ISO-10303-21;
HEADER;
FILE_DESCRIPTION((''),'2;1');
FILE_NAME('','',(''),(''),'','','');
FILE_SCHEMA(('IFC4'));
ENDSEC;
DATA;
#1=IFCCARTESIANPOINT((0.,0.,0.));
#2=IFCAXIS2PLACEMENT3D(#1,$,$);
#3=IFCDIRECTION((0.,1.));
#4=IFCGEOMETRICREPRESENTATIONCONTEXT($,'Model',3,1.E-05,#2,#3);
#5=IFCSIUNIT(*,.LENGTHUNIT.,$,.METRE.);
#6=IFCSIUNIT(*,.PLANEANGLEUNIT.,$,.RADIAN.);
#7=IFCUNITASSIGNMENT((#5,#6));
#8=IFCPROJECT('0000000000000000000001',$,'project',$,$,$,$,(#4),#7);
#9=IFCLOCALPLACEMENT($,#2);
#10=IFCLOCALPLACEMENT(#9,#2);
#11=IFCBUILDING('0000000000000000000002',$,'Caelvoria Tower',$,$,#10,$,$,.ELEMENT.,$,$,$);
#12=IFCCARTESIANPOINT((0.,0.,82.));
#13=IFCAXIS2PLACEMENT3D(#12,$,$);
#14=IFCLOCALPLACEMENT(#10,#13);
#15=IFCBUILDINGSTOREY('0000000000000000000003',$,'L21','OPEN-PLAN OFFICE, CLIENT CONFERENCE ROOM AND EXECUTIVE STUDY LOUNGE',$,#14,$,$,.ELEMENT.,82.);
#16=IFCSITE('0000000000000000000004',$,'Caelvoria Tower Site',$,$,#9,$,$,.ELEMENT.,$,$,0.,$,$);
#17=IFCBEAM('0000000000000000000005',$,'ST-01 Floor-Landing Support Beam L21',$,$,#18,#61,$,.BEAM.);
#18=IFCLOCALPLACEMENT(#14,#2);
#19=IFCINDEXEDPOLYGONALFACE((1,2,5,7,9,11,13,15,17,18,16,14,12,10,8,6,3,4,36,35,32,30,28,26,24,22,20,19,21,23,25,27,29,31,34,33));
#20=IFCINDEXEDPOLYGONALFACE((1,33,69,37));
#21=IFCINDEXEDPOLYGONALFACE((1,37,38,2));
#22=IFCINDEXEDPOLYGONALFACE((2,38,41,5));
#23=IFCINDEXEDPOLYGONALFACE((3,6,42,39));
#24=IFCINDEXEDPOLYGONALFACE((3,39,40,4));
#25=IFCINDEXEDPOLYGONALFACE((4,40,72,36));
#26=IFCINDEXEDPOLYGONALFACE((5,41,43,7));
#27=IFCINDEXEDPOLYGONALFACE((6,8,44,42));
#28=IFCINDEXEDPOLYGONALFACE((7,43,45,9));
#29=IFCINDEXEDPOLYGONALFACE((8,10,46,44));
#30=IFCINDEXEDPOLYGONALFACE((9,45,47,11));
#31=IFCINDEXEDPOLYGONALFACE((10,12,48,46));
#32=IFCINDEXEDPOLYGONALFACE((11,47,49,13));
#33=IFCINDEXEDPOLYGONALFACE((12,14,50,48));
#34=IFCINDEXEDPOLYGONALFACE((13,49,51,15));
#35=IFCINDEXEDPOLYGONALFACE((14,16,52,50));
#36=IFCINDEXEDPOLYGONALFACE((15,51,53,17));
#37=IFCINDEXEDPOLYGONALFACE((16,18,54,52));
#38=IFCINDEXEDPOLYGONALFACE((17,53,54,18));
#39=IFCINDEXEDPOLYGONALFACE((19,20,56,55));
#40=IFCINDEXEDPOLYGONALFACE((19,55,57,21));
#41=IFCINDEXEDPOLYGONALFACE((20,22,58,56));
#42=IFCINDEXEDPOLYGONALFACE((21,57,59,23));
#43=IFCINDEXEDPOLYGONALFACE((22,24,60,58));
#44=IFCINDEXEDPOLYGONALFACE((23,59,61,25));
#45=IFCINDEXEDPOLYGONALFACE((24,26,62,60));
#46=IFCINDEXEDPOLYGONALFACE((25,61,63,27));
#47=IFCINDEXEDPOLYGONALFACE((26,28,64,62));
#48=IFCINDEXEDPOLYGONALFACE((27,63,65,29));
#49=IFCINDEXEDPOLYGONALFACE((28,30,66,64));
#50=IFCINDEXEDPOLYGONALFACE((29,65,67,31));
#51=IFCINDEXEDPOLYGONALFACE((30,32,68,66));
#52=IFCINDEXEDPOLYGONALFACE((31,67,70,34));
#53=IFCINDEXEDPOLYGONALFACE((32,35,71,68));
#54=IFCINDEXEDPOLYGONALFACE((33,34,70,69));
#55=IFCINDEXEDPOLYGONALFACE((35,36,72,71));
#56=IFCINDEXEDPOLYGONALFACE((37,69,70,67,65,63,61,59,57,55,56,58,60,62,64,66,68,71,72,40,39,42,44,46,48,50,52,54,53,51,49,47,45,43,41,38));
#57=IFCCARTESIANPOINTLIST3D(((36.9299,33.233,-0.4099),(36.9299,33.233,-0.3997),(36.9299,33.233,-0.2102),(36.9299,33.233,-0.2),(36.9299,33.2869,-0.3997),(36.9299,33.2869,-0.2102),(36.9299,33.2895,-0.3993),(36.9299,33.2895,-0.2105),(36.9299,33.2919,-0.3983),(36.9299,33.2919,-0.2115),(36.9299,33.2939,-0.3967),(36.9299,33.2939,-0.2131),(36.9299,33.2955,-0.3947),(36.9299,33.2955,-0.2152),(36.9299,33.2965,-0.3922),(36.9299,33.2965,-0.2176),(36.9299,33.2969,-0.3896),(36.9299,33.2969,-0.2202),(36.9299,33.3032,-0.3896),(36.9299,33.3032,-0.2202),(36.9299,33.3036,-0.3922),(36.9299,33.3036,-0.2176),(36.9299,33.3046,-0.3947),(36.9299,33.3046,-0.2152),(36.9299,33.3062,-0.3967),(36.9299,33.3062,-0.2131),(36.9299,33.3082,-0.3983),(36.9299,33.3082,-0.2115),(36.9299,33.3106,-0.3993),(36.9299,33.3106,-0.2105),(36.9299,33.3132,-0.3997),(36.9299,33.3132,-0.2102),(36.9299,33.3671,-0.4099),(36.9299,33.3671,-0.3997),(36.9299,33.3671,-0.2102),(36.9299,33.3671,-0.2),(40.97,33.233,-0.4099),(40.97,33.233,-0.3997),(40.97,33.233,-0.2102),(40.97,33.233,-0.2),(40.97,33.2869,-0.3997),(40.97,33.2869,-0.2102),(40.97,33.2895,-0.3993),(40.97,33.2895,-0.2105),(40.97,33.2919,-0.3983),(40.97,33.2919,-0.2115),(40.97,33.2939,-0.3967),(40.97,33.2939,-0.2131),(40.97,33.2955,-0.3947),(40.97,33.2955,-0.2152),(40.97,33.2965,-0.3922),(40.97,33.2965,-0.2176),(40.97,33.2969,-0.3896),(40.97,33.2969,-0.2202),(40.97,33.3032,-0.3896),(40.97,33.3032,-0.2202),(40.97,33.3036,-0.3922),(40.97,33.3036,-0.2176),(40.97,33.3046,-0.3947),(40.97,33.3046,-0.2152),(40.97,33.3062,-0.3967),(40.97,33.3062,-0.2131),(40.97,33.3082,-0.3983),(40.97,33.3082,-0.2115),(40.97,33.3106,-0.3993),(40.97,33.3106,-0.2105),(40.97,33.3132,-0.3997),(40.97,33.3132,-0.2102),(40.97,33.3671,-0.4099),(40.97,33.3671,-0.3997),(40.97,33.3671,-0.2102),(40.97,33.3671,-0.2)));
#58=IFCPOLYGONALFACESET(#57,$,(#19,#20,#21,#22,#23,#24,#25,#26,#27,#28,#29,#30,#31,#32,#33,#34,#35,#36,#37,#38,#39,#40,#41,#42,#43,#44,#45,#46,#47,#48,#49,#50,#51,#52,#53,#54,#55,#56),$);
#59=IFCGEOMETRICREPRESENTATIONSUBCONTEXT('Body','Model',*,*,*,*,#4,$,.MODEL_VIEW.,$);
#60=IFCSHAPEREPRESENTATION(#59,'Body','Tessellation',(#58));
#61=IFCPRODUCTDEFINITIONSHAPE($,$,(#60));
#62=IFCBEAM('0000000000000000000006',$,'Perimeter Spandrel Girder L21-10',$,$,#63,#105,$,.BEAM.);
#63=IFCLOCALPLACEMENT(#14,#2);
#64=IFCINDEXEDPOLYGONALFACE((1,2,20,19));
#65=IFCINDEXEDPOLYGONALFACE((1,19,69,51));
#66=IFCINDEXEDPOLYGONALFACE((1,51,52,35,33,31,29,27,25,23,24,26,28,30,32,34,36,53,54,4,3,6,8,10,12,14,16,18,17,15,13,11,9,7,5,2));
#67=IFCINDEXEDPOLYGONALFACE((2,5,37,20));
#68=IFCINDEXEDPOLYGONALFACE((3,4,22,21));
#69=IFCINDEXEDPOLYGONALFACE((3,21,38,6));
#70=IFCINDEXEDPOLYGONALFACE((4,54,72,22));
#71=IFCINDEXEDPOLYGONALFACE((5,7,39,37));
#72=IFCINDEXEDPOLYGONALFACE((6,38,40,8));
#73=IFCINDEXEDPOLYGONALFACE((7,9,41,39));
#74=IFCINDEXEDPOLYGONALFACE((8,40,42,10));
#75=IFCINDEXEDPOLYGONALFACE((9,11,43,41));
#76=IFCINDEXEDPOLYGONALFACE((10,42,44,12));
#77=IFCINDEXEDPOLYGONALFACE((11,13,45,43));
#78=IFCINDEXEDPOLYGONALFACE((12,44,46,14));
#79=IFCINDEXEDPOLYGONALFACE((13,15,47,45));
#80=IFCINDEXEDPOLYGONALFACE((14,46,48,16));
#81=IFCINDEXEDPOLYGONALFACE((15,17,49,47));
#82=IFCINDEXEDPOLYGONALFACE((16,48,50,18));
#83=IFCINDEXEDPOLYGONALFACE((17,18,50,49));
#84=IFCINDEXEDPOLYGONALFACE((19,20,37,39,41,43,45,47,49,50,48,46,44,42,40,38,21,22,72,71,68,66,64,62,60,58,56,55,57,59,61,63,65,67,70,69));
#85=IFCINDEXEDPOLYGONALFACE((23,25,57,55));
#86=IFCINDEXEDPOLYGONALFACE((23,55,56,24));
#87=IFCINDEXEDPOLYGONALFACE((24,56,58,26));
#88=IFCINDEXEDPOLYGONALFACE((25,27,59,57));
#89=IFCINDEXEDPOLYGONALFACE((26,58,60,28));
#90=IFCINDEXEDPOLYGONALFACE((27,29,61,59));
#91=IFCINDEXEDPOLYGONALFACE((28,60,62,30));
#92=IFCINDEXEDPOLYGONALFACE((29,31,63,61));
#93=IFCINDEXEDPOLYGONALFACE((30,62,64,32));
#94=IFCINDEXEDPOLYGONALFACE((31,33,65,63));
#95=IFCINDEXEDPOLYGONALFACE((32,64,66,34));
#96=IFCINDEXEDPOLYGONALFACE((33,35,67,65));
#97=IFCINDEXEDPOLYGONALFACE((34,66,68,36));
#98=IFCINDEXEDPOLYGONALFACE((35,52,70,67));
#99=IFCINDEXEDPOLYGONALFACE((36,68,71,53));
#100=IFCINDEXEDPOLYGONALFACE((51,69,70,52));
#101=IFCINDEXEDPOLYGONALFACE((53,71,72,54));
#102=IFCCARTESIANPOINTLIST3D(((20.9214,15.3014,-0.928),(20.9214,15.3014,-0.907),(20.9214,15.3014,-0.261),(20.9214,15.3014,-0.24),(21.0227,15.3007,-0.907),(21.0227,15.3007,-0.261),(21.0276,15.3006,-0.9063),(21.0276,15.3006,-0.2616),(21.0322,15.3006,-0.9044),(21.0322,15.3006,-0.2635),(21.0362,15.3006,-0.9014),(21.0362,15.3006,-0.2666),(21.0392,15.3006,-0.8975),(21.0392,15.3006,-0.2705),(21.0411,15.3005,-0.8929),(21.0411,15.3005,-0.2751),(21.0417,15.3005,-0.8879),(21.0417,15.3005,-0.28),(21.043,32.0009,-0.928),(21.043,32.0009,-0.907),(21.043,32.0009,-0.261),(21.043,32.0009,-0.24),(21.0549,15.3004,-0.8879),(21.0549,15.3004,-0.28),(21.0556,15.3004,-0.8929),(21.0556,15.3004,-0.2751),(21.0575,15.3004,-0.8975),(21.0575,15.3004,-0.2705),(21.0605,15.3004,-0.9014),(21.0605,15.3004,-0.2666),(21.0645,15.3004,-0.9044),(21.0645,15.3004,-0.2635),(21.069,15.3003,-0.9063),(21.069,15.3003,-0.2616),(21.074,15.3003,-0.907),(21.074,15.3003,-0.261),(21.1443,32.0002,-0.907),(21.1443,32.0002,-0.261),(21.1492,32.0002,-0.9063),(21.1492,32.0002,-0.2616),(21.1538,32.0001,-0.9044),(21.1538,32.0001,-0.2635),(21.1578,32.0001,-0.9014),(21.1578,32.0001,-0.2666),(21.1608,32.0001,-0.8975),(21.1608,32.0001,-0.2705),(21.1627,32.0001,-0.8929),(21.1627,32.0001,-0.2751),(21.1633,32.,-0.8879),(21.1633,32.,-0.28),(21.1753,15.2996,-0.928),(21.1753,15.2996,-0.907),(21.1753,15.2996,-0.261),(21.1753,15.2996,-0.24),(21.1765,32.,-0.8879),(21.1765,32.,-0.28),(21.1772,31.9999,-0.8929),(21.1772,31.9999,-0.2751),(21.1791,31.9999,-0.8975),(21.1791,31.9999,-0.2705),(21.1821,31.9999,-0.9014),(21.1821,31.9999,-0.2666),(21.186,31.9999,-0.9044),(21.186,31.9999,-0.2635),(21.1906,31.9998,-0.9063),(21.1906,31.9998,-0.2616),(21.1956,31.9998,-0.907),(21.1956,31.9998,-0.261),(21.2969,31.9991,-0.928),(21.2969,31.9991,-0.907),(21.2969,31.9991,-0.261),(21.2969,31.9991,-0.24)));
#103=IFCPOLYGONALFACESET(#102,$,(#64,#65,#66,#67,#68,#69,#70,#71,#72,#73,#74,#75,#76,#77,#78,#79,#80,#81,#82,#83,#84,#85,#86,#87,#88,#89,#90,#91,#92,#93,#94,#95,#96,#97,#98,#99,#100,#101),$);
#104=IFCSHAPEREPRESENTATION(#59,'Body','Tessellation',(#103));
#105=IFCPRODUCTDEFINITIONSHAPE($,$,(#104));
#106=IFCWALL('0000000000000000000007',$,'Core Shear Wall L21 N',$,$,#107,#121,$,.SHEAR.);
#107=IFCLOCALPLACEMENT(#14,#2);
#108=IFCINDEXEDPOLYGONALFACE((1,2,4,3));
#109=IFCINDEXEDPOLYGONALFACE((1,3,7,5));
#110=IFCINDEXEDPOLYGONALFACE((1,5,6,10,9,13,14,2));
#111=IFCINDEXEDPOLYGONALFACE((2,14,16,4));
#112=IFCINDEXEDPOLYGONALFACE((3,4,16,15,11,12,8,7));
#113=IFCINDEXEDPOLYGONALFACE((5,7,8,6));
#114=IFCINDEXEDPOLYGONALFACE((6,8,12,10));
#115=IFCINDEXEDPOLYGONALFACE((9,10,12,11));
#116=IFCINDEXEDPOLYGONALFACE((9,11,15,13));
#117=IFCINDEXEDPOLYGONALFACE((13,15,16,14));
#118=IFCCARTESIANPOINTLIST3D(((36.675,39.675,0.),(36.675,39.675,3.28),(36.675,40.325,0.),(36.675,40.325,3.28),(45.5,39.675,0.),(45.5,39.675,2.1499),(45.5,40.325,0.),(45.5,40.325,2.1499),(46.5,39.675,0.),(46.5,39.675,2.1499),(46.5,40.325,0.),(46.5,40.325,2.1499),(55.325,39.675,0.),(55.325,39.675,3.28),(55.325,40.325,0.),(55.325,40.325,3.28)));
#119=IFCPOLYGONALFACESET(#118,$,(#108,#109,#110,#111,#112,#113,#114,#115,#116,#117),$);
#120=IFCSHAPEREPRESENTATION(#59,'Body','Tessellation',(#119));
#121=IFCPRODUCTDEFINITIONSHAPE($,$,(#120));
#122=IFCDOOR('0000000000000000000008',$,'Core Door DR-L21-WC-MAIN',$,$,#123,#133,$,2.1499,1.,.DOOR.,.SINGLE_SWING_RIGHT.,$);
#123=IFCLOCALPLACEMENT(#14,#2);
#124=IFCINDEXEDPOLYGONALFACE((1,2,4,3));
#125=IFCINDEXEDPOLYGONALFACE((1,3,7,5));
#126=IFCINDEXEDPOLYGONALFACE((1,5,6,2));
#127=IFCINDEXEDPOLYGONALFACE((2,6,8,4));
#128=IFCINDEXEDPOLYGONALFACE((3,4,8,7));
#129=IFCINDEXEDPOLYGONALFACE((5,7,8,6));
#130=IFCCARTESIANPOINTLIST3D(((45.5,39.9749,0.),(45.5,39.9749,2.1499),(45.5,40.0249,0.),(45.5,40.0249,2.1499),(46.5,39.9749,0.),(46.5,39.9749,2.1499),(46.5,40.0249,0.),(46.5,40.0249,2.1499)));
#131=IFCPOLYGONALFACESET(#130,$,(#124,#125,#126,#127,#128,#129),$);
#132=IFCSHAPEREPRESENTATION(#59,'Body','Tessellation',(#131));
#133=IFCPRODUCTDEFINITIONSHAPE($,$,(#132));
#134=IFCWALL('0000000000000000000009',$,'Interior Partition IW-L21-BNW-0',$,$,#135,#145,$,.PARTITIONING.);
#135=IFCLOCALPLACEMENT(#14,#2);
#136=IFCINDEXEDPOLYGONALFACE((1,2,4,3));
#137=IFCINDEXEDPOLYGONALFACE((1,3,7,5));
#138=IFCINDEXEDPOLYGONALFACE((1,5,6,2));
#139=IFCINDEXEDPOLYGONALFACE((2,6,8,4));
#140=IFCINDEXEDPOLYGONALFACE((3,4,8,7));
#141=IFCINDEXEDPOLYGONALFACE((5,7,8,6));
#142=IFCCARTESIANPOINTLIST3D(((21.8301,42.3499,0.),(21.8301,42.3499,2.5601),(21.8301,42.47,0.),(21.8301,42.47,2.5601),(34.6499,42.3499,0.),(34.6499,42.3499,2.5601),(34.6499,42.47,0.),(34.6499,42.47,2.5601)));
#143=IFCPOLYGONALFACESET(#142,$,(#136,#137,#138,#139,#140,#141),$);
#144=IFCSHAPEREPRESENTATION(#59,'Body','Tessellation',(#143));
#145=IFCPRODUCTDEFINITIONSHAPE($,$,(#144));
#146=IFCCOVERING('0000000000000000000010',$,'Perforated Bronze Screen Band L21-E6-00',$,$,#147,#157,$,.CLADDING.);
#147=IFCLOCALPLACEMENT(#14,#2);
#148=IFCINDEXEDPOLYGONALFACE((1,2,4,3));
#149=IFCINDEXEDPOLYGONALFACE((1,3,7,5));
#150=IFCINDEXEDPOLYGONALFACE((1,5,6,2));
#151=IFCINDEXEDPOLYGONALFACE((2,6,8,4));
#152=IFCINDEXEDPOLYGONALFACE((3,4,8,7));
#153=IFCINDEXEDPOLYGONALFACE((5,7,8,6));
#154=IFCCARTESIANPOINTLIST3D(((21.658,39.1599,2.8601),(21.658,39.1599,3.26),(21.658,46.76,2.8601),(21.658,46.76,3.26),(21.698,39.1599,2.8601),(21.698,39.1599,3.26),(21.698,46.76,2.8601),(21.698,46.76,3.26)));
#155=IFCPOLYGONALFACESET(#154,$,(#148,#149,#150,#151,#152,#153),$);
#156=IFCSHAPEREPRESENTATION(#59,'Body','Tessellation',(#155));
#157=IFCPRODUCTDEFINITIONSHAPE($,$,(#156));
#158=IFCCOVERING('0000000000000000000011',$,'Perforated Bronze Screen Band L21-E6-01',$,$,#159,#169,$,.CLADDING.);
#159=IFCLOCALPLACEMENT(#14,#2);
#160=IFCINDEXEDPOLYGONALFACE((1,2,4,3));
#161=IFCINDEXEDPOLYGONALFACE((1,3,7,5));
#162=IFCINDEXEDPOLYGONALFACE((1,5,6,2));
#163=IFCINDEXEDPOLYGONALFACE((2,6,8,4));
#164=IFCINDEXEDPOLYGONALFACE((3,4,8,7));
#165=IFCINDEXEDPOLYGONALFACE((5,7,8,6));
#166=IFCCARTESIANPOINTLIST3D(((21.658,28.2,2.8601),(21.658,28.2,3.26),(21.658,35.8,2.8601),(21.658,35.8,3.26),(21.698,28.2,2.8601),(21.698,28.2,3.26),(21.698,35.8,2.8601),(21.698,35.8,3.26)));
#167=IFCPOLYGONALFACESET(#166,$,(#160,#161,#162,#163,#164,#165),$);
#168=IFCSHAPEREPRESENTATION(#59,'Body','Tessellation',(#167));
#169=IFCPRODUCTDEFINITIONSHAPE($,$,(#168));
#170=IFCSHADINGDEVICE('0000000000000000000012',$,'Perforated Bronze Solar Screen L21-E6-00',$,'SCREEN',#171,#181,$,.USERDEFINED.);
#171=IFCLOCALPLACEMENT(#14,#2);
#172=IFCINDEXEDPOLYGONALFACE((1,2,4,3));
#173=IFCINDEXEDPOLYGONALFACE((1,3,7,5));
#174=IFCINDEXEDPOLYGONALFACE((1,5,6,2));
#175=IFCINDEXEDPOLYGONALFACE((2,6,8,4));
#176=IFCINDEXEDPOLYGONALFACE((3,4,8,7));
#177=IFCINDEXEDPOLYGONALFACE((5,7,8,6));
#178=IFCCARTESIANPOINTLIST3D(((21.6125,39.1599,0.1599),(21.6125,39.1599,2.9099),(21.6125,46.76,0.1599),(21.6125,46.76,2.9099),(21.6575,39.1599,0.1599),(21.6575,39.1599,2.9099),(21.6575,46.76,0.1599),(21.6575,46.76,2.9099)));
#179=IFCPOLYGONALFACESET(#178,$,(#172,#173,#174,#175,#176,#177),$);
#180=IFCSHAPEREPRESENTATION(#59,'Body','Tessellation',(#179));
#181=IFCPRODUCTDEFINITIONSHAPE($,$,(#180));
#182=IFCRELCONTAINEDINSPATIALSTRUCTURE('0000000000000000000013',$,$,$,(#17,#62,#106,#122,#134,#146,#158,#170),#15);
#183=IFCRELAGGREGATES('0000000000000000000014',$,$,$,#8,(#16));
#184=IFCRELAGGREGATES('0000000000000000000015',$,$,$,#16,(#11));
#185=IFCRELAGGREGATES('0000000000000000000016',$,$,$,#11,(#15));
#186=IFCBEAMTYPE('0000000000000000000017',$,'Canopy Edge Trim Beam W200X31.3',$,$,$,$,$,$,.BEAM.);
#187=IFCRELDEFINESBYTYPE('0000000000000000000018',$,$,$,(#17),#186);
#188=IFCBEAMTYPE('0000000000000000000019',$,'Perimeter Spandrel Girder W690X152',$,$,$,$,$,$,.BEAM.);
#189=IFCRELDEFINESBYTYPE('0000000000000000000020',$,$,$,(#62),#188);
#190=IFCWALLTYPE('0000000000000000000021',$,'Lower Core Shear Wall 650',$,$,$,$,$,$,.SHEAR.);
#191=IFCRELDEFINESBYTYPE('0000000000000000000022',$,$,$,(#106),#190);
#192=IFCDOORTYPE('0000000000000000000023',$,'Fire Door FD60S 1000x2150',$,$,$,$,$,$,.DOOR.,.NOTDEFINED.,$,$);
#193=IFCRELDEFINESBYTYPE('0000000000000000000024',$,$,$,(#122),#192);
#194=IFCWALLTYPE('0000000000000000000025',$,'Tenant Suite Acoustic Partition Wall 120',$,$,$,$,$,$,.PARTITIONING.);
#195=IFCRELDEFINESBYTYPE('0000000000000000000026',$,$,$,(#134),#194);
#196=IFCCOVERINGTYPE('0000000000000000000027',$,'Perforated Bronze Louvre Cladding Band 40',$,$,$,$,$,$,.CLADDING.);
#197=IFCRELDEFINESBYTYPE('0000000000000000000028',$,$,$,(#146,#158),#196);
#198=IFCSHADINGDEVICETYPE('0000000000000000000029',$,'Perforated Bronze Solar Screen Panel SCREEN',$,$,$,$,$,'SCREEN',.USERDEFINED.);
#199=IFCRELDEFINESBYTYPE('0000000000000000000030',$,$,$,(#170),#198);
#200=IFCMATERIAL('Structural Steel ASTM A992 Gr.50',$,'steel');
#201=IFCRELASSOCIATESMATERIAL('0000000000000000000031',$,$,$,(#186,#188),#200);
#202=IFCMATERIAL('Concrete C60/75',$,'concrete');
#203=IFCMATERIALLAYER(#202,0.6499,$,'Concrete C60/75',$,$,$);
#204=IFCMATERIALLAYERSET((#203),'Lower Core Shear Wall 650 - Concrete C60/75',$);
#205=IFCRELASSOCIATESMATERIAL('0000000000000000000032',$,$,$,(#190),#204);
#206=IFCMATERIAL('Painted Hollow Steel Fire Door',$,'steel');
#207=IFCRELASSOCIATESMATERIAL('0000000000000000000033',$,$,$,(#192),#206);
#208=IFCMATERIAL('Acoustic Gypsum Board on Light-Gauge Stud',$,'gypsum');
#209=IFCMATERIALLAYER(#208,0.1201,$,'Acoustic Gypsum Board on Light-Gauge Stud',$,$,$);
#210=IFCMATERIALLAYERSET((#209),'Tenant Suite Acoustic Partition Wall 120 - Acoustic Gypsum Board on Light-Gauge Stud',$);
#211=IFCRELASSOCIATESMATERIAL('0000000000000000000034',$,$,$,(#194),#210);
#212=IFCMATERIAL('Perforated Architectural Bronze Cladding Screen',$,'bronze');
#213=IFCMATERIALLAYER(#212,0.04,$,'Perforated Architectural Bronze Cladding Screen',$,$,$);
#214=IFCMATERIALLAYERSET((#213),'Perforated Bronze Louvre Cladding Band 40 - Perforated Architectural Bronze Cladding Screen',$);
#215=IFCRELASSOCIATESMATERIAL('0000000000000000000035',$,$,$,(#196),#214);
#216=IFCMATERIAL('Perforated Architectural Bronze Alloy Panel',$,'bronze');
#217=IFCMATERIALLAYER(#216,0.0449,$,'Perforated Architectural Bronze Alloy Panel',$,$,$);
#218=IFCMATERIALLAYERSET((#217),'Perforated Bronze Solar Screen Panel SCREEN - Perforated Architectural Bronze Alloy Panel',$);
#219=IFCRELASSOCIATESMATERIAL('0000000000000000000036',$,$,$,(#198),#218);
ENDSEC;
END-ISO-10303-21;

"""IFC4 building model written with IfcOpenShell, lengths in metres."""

from ifc_helpers import new_model, si_unit, direction, frame, frame_2d, origin, origin_2d, place, context, subcontext, project, spatial, rectangle, i_section, extrude, material, layer, layer_set, material_profile, profile_set, type_object, element, fill, save


model = new_model("IFC4")

# Units and contexts
model_context = context("Model", 3, precision=1e-05, world=origin(), true_north=direction((0.0, 1.0)))
body_context = subcontext(model_context, "Body", "Model", "MODEL_VIEW")
ifc_project = project(units=[si_unit("LENGTHUNIT", "METRE"), si_unit("PLANEANGLEUNIT", "RADIAN")], contexts=[model_context])

# Site, building, storey
site_placement = place(None, origin())
site = spatial("IfcSite", under=ifc_project, at=site_placement, Name="Caelvoria Tower Site", CompositionType="ELEMENT", RefElevation=0.0)
building_placement = place(site_placement, origin())
building = spatial("IfcBuilding", under=site, at=building_placement, Name="Caelvoria Tower", CompositionType="ELEMENT")
storey_placement = place(building_placement, frame((0.0, 0.0, 82.0)))
storey = spatial("IfcBuildingStorey", under=building, at=storey_placement, Name="L21", Description="OPEN-PLAN OFFICE, CLIENT CONFERENCE ROOM AND EXECUTIVE STUDY LOUNGE", CompositionType="ELEMENT", Elevation=82.0)

# Beams
ifc_material_1 = material(Name="Structural Steel ASTM A992 Gr.50", Category="steel")
ifc_material_profile_1 = material_profile(ifc_material_1, i_section(OverallWidth=0.134, OverallDepth=0.21, WebThickness=0.0063, FlangeThickness=0.0103, FilletRadius=0.01, at=origin_2d()), Name="Structural Steel ASTM A992 Gr.50")
ifc_profile_set_1 = profile_set([ifc_material_profile_1], Name="W200X31.3 - Structural Steel ASTM A992 Gr.50")
beam_type_1 = type_object("IfcBeamType", Name="Canopy Edge Trim Beam W200X31.3", PredefinedType="BEAM", material=ifc_profile_set_1)
beam_1_placement = place(storey_placement, frame((36.9299, 33.3, -0.3049), z_axis=(1.0, 0.0, 0.0), x_axis=(0.0, 1.0, 0.0)))
element("IfcBeam", 1, at=beam_1_placement, inside=storey, type_object=beam_type_1, Name="ST-01 Floor-Landing Support Beam L21", PredefinedType="BEAM", context=body_context, shape_type="SweptSolid", body=[
    extrude(i_section(OverallWidth=0.134, OverallDepth=0.21, WebThickness=0.0063, FlangeThickness=0.0103, FilletRadius=0.01, at=origin_2d()), origin(), (0.0, 0.0, 1.0), 4.04),
])
ifc_material_profile_2 = material_profile(ifc_material_1, i_section(OverallWidth=0.2539, OverallDepth=0.688, WebThickness=0.0132, FlangeThickness=0.021, FilletRadius=0.019, at=origin_2d()), Name="Structural Steel ASTM A992 Gr.50")
ifc_profile_set_2 = profile_set([ifc_material_profile_2], Name="W690X152 - Structural Steel ASTM A992 Gr.50")
beam_type_2 = type_object("IfcBeamType", Name="Perimeter Spandrel Girder W690X152", PredefinedType="BEAM", material=ifc_profile_set_2)
beam_2_placement = place(storey_placement, frame((21.1699, 32.0, -0.584), z_axis=(-0.00728, -0.999973, 0.0), x_axis=(0.999973, -0.00728, 0.0)))
element("IfcBeam", 2, at=beam_2_placement, inside=storey, type_object=beam_type_2, Name="Perimeter Spandrel Girder L21-10", PredefinedType="BEAM", context=body_context, shape_type="SweptSolid", body=[
    extrude(i_section(OverallWidth=0.2539, OverallDepth=0.688, WebThickness=0.0132, FlangeThickness=0.021, FilletRadius=0.019, at=origin_2d()), origin(), (0.0, 0.0, 1.0), 16.7),
])

# Wall, opening, door
ifc_material_2 = material(Name="Concrete C60/75", Category="concrete")
ifc_layer_1 = layer(ifc_material_2, 0.6499, Name="Concrete C60/75")
ifc_layer_set_1 = layer_set([ifc_layer_1], Name="Lower Core Shear Wall 650 - Concrete C60/75")
wall_type_1 = type_object("IfcWallType", Name="Lower Core Shear Wall 650", PredefinedType="SHEAR", material=ifc_layer_set_1)
wall_1_placement = place(storey_placement, frame((36.675, 40.0, 0.0), z_axis=(0.0, 0.0, 1.0), x_axis=(1.0, 0.0, 0.0)))
wall_1 = element("IfcWall", 3, at=wall_1_placement, inside=storey, type_object=wall_type_1, Name="Core Shear Wall L21 N", PredefinedType="SHEAR", context=body_context, shape_type="SweptSolid", body=[
    extrude(rectangle(XDim=18.6499, YDim=0.6499, at=frame_2d((9.325, 0.0))), origin(), (0.0, 0.0, 1.0), 3.28),
])
opening_1_placement = place(wall_1_placement, frame((8.825, 0.0, 0.0)))
opening_1 = element("IfcOpeningElement", 4, at=opening_1_placement, cuts=wall_1, PredefinedType="OPENING", context=body_context, shape_type="SweptSolid", body=[
    extrude(rectangle(XDim=1.0, YDim=2.1499, at=frame_2d((0.5, 1.075))), frame((0.0, 0.335, 0.0), z_axis=(0.0, -1.0, 0.0), x_axis=(1.0, 0.0, 0.0)), (0.0, 0.0, 1.0), 0.6699),
])
ifc_material_3 = material(Name="Painted Hollow Steel Fire Door", Category="steel")
door_type_1 = type_object("IfcDoorType", Name="Fire Door FD60S 1000x2150", OperationType="NOTDEFINED", PredefinedType="DOOR", material=ifc_material_3)
door_1_placement = place(opening_1_placement, origin())
door_1 = element("IfcDoor", 5, at=door_1_placement, inside=storey, type_object=door_type_1, Name="Core Door DR-L21-WC-MAIN", OperationType="SINGLE_SWING_RIGHT", OverallHeight=2.1499, OverallWidth=1.0, PredefinedType="DOOR", context=body_context, shape_type="SweptSolid", body=[
    extrude(rectangle(XDim=1.0, YDim=2.1499, at=frame_2d((0.5, 1.075))), frame((0.0, 0.0249, 0.0), z_axis=(0.0, -1.0, 0.0), x_axis=(1.0, 0.0, 0.0)), (0.0, 0.0, 1.0), 0.05),
])
fill(opening_1, door_1)

# Shared definitions
ifc_material_4 = material(Name="Acoustic Gypsum Board on Light-Gauge Stud", Category="gypsum")
ifc_layer_2 = layer(ifc_material_4, 0.1201, Name="Acoustic Gypsum Board on Light-Gauge Stud")
ifc_layer_set_2 = layer_set([ifc_layer_2], Name="Tenant Suite Acoustic Partition Wall 120 - Acoustic Gypsum Board on Light-Gauge Stud")
wall_type_2 = type_object("IfcWallType", Name="Tenant Suite Acoustic Partition Wall 120", PredefinedType="PARTITIONING", material=ifc_layer_set_2)

# Wall
wall_2_placement = place(storey_placement, frame((34.6499, 42.4099, 0.0), z_axis=(0.0, 0.0, 1.0), x_axis=(-1.0, 0.0, 0.0)))
element("IfcWall", 6, at=wall_2_placement, inside=storey, type_object=wall_type_2, Name="Interior Partition IW-L21-BNW-0", PredefinedType="PARTITIONING", context=body_context, shape_type="SweptSolid", body=[
    extrude(rectangle(XDim=12.8198, YDim=0.1201, at=frame_2d((6.4099, 0.0))), origin(), (0.0, 0.0, 1.0), 2.5601),
])

# Coverings
ifc_material_5 = material(Name="Perforated Architectural Bronze Cladding Screen", Category="bronze")
ifc_layer_3 = layer(ifc_material_5, 0.04, Name="Perforated Architectural Bronze Cladding Screen")
ifc_layer_set_3 = layer_set([ifc_layer_3], Name="Perforated Bronze Louvre Cladding Band 40 - Perforated Architectural Bronze Cladding Screen")
covering_type = type_object("IfcCoveringType", Name="Perforated Bronze Louvre Cladding Band 40", PredefinedType="CLADDING", material=ifc_layer_set_3)
for number, where, z_axis, x_axis, name in (
    (7, (21.678, 42.96, 2.8601), (0.0, 0.0, 1.0), (0.0, -1.0, 0.0), "Perforated Bronze Screen Band L21-E6-00"),
    (8, (21.678, 32.0, 2.8601), (0.0, 0.0, 1.0), (0.0, -1.0, 0.0), "Perforated Bronze Screen Band L21-E6-01"),
):
    element("IfcCovering", number, at=place(storey_placement, frame(where, z_axis=z_axis, x_axis=x_axis)), inside=storey, type_object=covering_type, Name=name, PredefinedType="CLADDING", context=body_context, shape_type="SweptSolid", body=[
        extrude(rectangle(XDim=7.6001, YDim=0.04, at=origin_2d()), origin(), (0.0, 0.0, 1.0), 0.3999),
    ])

# Shading device
ifc_material_6 = material(Name="Perforated Architectural Bronze Alloy Panel", Category="bronze")
ifc_layer_4 = layer(ifc_material_6, 0.0449, Name="Perforated Architectural Bronze Alloy Panel")
ifc_layer_set_4 = layer_set([ifc_layer_4], Name="Perforated Bronze Solar Screen Panel SCREEN - Perforated Architectural Bronze Alloy Panel")
shading_device_type = type_object("IfcShadingDeviceType", Name="Perforated Bronze Solar Screen Panel SCREEN", ElementType="SCREEN", PredefinedType="USERDEFINED", material=ifc_layer_set_4)
for number, where, z_axis, x_axis, name in (
    (9, (21.635, 42.96, 0.1599), (0.0, 0.0, 1.0), (0.0, -1.0, 0.0), "Perforated Bronze Solar Screen L21-E6-00"),
):
    element("IfcShadingDevice", number, at=place(storey_placement, frame(where, z_axis=z_axis, x_axis=x_axis)), inside=storey, type_object=shading_device_type, Name=name, ObjectType="SCREEN", PredefinedType="USERDEFINED", context=body_context, shape_type="SweptSolid", body=[
        extrude(rectangle(XDim=7.6001, YDim=0.0449, at=origin_2d()), origin(), (0.0, 0.0, 1.0), 2.75),
    ])

save(model, "model.ifc")
